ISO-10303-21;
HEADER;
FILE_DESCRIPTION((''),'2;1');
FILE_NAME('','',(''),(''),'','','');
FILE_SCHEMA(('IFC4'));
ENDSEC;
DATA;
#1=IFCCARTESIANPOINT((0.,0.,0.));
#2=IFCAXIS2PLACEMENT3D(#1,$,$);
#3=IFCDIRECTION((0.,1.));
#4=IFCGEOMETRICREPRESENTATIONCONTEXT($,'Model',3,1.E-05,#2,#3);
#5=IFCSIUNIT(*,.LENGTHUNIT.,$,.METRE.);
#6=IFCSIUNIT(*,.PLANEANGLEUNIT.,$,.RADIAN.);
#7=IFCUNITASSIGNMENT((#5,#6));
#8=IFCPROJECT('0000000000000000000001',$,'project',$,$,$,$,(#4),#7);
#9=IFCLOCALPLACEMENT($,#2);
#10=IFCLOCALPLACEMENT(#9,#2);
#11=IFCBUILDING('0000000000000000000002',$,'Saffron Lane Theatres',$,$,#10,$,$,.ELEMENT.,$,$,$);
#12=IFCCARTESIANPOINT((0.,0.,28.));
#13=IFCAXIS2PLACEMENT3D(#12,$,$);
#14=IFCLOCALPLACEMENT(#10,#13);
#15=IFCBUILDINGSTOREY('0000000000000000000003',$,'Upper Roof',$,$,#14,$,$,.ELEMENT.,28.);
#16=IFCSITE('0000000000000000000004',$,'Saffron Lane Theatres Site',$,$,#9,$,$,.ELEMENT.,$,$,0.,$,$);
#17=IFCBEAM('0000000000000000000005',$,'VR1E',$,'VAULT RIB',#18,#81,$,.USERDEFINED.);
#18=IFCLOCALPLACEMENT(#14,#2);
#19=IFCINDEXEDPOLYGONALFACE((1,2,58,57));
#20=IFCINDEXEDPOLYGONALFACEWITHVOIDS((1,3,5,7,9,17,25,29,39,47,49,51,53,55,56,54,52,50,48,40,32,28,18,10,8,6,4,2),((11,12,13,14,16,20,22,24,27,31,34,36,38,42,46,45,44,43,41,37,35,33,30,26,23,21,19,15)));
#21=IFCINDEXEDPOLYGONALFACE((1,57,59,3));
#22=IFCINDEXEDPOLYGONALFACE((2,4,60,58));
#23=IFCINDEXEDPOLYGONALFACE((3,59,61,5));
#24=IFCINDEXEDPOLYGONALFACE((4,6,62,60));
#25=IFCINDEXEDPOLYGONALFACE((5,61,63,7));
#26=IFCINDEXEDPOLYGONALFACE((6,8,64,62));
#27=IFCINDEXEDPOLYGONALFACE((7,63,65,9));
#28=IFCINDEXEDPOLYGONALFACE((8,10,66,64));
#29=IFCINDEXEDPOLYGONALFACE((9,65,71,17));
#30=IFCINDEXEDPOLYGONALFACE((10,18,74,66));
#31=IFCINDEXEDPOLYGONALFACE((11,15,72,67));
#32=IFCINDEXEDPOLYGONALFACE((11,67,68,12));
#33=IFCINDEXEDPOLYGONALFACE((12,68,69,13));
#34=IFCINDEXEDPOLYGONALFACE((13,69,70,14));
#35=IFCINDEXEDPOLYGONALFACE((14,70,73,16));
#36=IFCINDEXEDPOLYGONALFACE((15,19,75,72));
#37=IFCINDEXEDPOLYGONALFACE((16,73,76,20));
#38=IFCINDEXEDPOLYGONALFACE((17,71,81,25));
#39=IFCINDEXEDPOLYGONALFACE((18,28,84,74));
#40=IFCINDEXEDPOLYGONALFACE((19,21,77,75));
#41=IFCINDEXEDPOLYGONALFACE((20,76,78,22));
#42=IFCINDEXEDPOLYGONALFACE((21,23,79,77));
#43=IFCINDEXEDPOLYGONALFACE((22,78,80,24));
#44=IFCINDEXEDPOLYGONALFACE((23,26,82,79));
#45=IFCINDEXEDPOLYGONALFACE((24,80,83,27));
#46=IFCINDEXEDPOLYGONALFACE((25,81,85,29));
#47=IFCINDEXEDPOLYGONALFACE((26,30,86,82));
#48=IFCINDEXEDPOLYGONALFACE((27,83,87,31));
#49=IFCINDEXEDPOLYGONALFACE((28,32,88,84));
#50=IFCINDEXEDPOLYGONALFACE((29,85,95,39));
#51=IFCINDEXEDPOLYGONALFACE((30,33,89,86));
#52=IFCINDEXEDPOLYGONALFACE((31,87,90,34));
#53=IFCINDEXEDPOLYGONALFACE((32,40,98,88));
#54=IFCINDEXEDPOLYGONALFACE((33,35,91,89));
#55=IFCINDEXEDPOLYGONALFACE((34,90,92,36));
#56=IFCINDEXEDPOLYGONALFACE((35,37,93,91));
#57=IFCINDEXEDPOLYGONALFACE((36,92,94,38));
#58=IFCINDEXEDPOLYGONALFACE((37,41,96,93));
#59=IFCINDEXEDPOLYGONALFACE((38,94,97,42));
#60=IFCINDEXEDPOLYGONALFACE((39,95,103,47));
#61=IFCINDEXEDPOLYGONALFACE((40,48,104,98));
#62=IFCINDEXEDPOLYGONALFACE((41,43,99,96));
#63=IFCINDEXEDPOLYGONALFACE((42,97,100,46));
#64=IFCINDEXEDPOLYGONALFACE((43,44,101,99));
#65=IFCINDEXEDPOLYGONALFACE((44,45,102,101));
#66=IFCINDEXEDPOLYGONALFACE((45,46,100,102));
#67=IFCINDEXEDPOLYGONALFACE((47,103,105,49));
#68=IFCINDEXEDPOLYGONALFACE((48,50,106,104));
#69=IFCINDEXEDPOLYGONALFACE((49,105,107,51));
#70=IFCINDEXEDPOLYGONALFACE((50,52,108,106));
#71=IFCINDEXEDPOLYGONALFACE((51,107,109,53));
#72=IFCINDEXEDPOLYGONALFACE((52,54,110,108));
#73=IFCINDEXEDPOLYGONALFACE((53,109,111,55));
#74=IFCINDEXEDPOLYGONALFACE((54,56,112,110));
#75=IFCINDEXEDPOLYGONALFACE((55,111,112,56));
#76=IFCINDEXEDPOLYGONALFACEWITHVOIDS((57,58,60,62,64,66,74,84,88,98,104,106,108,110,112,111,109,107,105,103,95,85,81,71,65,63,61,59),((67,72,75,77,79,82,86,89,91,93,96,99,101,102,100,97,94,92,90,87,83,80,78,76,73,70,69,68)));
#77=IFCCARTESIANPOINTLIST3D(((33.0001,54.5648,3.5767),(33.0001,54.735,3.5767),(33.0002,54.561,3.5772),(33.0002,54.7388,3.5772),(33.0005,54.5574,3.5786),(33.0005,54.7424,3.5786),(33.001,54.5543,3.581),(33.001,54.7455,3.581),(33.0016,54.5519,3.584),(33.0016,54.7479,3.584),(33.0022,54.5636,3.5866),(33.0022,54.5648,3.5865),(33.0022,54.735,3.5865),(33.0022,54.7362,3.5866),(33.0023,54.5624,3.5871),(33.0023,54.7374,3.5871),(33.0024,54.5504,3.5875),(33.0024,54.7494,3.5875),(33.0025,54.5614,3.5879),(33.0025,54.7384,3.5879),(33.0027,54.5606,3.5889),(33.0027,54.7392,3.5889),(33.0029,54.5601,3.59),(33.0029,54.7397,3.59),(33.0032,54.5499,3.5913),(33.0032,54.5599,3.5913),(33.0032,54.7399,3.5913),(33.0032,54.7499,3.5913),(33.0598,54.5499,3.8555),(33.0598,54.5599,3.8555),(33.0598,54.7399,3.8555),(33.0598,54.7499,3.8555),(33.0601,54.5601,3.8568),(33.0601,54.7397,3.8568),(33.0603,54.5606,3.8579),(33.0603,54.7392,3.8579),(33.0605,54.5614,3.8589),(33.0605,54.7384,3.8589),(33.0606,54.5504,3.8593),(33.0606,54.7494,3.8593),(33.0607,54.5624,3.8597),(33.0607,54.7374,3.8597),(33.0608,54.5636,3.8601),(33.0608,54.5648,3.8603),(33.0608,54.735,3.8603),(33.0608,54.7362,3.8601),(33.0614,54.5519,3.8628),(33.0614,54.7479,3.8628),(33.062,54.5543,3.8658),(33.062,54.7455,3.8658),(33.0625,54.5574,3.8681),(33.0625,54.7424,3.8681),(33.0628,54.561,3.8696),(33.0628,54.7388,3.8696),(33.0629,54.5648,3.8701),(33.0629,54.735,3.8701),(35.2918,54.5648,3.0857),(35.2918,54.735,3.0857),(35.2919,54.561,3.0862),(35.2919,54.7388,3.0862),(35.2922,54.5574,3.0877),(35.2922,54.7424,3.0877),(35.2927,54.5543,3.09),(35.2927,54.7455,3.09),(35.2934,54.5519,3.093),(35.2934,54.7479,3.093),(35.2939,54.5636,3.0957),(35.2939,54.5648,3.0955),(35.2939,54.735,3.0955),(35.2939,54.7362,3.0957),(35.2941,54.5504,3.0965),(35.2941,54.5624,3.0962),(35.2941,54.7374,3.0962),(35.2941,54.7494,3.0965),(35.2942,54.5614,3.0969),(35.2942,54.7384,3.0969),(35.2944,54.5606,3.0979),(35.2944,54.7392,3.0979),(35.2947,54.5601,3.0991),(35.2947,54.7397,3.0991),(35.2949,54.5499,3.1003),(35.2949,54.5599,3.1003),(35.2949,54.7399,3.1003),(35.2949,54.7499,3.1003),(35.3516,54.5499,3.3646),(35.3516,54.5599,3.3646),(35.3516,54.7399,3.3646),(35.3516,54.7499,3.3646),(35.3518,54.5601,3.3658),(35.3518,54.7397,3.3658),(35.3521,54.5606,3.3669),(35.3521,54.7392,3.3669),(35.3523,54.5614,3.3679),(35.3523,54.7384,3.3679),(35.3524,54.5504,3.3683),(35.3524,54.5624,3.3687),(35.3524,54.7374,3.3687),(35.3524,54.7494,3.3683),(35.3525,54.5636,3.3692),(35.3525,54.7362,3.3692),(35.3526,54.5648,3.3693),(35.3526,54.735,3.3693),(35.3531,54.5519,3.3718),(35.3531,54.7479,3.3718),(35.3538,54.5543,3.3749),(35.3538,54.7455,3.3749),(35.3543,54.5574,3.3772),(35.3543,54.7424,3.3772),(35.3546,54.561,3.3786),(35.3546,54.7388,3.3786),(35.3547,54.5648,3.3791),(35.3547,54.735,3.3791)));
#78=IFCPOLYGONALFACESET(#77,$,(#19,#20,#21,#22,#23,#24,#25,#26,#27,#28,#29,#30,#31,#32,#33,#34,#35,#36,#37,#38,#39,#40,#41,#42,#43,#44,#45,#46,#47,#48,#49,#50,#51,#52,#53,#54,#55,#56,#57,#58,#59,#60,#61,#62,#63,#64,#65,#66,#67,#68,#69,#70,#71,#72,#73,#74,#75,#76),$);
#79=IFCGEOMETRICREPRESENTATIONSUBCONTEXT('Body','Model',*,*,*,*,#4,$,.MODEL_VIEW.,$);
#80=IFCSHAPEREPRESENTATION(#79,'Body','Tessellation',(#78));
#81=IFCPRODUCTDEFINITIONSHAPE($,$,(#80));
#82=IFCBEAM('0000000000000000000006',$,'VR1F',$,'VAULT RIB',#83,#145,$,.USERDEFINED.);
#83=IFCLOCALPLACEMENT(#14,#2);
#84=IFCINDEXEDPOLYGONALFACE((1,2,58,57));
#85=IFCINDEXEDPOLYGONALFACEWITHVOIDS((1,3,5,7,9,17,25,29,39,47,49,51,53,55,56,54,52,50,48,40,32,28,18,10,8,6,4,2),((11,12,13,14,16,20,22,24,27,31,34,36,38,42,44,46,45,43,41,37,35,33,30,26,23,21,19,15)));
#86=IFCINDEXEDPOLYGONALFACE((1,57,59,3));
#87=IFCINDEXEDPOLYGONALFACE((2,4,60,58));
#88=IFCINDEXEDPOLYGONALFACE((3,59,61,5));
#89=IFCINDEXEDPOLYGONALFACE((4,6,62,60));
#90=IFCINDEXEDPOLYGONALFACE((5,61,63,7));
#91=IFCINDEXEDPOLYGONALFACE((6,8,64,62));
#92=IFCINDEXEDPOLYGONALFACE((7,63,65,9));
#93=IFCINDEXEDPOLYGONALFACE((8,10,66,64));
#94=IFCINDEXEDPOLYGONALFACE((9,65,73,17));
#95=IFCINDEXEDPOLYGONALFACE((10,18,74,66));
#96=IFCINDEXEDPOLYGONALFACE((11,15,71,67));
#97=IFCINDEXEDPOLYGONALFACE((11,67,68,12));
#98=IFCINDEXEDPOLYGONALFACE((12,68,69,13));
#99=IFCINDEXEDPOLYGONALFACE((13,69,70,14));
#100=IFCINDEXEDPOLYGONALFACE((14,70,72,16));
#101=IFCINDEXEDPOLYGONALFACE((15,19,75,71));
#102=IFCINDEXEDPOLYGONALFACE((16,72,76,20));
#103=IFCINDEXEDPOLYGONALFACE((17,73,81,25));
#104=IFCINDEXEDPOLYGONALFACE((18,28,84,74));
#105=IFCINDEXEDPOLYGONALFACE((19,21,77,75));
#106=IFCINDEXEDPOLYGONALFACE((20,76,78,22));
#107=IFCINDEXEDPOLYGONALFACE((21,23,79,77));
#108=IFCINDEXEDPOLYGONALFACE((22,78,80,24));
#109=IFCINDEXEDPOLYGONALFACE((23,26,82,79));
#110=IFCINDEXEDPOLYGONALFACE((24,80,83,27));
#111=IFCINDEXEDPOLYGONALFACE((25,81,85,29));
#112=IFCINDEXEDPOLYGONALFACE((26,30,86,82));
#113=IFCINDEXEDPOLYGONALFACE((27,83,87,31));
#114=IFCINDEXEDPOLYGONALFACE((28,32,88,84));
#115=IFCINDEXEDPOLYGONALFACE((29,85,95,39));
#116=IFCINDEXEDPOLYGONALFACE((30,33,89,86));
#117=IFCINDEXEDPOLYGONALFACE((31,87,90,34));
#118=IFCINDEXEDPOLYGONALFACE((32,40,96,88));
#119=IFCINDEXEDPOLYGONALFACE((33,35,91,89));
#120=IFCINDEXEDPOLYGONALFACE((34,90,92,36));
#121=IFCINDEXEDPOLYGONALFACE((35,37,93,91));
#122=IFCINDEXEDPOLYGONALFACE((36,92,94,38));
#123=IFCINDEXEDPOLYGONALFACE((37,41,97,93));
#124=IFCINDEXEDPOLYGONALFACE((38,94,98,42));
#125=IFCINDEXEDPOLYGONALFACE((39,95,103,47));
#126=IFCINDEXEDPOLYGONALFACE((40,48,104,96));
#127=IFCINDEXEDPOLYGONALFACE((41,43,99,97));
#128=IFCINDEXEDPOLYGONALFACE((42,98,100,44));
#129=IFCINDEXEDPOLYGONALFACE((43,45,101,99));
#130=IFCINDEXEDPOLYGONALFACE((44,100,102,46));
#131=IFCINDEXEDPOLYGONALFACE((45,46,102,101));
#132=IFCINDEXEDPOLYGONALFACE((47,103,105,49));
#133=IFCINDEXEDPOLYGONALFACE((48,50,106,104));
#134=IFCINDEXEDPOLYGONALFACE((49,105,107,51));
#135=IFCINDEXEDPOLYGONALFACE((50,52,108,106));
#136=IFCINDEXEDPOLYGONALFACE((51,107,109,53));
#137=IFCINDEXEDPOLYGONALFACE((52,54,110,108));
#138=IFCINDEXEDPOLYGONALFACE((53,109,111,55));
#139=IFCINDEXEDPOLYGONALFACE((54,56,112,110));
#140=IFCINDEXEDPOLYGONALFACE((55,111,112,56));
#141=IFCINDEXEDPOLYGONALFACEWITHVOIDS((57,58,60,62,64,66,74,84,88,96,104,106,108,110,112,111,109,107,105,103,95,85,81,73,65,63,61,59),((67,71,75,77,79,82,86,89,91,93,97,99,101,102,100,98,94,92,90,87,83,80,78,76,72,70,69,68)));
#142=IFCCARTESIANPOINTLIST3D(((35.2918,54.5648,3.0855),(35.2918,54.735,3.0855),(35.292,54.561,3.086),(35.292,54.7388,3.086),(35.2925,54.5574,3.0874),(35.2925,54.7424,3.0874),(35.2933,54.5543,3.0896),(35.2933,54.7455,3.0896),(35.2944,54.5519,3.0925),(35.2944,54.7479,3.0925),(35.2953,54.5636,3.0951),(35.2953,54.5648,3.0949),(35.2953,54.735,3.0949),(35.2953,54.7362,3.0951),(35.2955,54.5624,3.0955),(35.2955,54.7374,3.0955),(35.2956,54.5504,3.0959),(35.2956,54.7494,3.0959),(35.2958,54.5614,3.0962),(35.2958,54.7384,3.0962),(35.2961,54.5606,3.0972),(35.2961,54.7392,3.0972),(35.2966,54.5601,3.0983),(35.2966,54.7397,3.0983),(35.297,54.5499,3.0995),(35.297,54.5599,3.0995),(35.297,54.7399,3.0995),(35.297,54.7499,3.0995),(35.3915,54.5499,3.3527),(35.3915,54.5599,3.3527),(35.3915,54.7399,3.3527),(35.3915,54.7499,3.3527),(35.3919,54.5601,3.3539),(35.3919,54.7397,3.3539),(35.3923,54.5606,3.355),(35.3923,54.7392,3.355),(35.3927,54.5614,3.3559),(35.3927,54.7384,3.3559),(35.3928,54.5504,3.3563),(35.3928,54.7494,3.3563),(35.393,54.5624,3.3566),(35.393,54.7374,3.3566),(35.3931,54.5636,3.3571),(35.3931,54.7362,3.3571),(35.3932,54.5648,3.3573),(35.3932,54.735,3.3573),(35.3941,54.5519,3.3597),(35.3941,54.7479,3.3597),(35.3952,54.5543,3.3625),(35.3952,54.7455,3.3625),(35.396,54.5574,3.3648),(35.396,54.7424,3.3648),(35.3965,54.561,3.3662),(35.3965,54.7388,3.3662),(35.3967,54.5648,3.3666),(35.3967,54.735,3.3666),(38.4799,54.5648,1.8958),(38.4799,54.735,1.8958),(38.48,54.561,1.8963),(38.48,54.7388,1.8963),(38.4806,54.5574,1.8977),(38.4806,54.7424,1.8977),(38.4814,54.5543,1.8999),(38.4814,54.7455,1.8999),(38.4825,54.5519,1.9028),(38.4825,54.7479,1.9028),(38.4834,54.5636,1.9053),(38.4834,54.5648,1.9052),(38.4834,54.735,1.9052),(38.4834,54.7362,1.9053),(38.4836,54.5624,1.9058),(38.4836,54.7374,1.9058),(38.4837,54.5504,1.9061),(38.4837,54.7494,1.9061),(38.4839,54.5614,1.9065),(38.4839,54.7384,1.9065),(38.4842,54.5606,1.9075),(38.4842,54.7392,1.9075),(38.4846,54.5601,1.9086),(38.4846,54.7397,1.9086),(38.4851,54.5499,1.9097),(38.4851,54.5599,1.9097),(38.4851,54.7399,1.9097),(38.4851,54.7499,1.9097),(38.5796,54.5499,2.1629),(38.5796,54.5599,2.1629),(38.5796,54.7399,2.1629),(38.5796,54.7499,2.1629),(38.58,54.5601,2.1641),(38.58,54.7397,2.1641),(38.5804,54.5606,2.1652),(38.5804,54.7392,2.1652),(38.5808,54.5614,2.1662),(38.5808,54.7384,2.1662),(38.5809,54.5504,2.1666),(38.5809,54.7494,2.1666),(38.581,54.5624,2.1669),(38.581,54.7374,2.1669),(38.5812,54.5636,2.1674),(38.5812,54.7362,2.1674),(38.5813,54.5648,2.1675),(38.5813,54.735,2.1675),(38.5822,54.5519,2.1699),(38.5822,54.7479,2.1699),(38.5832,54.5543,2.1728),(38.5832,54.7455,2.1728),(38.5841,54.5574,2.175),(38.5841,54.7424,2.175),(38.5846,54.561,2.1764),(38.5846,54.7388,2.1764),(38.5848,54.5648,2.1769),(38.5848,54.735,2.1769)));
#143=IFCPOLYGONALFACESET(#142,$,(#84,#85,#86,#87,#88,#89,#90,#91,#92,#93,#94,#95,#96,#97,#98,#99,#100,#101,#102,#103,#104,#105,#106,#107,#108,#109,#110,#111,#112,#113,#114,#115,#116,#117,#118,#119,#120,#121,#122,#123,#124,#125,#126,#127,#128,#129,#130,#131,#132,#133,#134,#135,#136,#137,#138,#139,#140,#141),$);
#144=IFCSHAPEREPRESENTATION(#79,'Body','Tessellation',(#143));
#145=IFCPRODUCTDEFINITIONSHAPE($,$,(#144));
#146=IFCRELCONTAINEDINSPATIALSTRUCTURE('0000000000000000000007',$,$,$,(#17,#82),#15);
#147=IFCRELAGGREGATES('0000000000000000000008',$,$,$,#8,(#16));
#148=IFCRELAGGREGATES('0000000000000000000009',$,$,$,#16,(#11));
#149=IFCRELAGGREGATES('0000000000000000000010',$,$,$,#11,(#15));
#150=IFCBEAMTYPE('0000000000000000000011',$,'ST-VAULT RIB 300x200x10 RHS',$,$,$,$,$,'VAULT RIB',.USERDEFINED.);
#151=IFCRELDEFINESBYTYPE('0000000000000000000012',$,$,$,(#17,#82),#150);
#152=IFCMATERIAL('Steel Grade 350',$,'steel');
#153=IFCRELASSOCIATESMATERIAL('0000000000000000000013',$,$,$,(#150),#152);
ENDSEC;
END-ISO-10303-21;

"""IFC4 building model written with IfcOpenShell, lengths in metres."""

from ifc_helpers import new_model, si_unit, direction, frame, origin, origin_2d, place, context, subcontext, project, spatial, hollow_rectangle, extrude, material, material_profile, profile_set, type_object, element, save


model = new_model("IFC4")

# Units and contexts
model_context = context("Model", 3, precision=1e-05, world=origin(), true_north=direction((0.0, 1.0)))
body_context = subcontext(model_context, "Body", "Model", "MODEL_VIEW")
ifc_project = project(units=[si_unit("LENGTHUNIT", "METRE"), si_unit("PLANEANGLEUNIT", "RADIAN")], contexts=[model_context])

# Site, building, storey
site_placement = place(None, origin())
site = spatial("IfcSite", under=ifc_project, at=site_placement, Name="Saffron Lane Theatres Site", CompositionType="ELEMENT", RefElevation=0.0)
building_placement = place(site_placement, origin())
building = spatial("IfcBuilding", under=site, at=building_placement, Name="Saffron Lane Theatres", CompositionType="ELEMENT")
storey_placement = place(building_placement, frame((0.0, 0.0, 28.0)))
storey = spatial("IfcBuildingStorey", under=building, at=storey_placement, Name="Upper Roof", CompositionType="ELEMENT", Elevation=28.0)

# Beams
ifc_material_1 = material(Name="Steel Grade 350", Category="steel")
ifc_material_profile_1 = material_profile(ifc_material_1, hollow_rectangle(XDim=0.2, YDim=0.3, WallThickness=0.01, InnerFilletRadius=0.0049, OuterFilletRadius=0.0149, at=origin_2d()))
ifc_profile_set_1 = profile_set([ifc_material_profile_1], Name="Steel Grade 350")
beam_type = type_object("IfcBeamType", Name="ST-VAULT RIB 300x200x10 RHS", ElementType="VAULT RIB", PredefinedType="USERDEFINED", material=ifc_profile_set_1)
beam_1_placement = place(storey_placement, frame((33.0315, 54.6499, 3.7234), z_axis=(0.977813, 0.0, -0.209479), x_axis=(0.0, 1.0, 0.0)))
element("IfcBeam", 1, at=beam_1_placement, inside=storey, type_object=beam_type, Name="VR1E", ObjectType="VAULT RIB", PredefinedType="USERDEFINED", context=body_context, shape_type="SweptSolid", body=[
    extrude(hollow_rectangle(XDim=0.2, YDim=0.3, WallThickness=0.01, InnerFilletRadius=0.0049, OuterFilletRadius=0.0149, at=origin_2d()), origin(), (0.0, 0.0, 1.0), 2.3438),
])
beam_2_placement = place(storey_placement, frame((35.3442, 54.6499, 3.2261), z_axis=(0.936888, 0.0, -0.349629), x_axis=(0.0, 1.0, 0.0)))
element("IfcBeam", 2, at=beam_2_placement, inside=storey, type_object=beam_type, Name="VR1F", ObjectType="VAULT RIB", PredefinedType="USERDEFINED", context=body_context, shape_type="SweptSolid", body=[
    extrude(hollow_rectangle(XDim=0.2, YDim=0.3, WallThickness=0.01, InnerFilletRadius=0.0049, OuterFilletRadius=0.0149, at=origin_2d()), origin(), (0.0, 0.0, 1.0), 3.4028),
])

save(model, "model.ifc")
